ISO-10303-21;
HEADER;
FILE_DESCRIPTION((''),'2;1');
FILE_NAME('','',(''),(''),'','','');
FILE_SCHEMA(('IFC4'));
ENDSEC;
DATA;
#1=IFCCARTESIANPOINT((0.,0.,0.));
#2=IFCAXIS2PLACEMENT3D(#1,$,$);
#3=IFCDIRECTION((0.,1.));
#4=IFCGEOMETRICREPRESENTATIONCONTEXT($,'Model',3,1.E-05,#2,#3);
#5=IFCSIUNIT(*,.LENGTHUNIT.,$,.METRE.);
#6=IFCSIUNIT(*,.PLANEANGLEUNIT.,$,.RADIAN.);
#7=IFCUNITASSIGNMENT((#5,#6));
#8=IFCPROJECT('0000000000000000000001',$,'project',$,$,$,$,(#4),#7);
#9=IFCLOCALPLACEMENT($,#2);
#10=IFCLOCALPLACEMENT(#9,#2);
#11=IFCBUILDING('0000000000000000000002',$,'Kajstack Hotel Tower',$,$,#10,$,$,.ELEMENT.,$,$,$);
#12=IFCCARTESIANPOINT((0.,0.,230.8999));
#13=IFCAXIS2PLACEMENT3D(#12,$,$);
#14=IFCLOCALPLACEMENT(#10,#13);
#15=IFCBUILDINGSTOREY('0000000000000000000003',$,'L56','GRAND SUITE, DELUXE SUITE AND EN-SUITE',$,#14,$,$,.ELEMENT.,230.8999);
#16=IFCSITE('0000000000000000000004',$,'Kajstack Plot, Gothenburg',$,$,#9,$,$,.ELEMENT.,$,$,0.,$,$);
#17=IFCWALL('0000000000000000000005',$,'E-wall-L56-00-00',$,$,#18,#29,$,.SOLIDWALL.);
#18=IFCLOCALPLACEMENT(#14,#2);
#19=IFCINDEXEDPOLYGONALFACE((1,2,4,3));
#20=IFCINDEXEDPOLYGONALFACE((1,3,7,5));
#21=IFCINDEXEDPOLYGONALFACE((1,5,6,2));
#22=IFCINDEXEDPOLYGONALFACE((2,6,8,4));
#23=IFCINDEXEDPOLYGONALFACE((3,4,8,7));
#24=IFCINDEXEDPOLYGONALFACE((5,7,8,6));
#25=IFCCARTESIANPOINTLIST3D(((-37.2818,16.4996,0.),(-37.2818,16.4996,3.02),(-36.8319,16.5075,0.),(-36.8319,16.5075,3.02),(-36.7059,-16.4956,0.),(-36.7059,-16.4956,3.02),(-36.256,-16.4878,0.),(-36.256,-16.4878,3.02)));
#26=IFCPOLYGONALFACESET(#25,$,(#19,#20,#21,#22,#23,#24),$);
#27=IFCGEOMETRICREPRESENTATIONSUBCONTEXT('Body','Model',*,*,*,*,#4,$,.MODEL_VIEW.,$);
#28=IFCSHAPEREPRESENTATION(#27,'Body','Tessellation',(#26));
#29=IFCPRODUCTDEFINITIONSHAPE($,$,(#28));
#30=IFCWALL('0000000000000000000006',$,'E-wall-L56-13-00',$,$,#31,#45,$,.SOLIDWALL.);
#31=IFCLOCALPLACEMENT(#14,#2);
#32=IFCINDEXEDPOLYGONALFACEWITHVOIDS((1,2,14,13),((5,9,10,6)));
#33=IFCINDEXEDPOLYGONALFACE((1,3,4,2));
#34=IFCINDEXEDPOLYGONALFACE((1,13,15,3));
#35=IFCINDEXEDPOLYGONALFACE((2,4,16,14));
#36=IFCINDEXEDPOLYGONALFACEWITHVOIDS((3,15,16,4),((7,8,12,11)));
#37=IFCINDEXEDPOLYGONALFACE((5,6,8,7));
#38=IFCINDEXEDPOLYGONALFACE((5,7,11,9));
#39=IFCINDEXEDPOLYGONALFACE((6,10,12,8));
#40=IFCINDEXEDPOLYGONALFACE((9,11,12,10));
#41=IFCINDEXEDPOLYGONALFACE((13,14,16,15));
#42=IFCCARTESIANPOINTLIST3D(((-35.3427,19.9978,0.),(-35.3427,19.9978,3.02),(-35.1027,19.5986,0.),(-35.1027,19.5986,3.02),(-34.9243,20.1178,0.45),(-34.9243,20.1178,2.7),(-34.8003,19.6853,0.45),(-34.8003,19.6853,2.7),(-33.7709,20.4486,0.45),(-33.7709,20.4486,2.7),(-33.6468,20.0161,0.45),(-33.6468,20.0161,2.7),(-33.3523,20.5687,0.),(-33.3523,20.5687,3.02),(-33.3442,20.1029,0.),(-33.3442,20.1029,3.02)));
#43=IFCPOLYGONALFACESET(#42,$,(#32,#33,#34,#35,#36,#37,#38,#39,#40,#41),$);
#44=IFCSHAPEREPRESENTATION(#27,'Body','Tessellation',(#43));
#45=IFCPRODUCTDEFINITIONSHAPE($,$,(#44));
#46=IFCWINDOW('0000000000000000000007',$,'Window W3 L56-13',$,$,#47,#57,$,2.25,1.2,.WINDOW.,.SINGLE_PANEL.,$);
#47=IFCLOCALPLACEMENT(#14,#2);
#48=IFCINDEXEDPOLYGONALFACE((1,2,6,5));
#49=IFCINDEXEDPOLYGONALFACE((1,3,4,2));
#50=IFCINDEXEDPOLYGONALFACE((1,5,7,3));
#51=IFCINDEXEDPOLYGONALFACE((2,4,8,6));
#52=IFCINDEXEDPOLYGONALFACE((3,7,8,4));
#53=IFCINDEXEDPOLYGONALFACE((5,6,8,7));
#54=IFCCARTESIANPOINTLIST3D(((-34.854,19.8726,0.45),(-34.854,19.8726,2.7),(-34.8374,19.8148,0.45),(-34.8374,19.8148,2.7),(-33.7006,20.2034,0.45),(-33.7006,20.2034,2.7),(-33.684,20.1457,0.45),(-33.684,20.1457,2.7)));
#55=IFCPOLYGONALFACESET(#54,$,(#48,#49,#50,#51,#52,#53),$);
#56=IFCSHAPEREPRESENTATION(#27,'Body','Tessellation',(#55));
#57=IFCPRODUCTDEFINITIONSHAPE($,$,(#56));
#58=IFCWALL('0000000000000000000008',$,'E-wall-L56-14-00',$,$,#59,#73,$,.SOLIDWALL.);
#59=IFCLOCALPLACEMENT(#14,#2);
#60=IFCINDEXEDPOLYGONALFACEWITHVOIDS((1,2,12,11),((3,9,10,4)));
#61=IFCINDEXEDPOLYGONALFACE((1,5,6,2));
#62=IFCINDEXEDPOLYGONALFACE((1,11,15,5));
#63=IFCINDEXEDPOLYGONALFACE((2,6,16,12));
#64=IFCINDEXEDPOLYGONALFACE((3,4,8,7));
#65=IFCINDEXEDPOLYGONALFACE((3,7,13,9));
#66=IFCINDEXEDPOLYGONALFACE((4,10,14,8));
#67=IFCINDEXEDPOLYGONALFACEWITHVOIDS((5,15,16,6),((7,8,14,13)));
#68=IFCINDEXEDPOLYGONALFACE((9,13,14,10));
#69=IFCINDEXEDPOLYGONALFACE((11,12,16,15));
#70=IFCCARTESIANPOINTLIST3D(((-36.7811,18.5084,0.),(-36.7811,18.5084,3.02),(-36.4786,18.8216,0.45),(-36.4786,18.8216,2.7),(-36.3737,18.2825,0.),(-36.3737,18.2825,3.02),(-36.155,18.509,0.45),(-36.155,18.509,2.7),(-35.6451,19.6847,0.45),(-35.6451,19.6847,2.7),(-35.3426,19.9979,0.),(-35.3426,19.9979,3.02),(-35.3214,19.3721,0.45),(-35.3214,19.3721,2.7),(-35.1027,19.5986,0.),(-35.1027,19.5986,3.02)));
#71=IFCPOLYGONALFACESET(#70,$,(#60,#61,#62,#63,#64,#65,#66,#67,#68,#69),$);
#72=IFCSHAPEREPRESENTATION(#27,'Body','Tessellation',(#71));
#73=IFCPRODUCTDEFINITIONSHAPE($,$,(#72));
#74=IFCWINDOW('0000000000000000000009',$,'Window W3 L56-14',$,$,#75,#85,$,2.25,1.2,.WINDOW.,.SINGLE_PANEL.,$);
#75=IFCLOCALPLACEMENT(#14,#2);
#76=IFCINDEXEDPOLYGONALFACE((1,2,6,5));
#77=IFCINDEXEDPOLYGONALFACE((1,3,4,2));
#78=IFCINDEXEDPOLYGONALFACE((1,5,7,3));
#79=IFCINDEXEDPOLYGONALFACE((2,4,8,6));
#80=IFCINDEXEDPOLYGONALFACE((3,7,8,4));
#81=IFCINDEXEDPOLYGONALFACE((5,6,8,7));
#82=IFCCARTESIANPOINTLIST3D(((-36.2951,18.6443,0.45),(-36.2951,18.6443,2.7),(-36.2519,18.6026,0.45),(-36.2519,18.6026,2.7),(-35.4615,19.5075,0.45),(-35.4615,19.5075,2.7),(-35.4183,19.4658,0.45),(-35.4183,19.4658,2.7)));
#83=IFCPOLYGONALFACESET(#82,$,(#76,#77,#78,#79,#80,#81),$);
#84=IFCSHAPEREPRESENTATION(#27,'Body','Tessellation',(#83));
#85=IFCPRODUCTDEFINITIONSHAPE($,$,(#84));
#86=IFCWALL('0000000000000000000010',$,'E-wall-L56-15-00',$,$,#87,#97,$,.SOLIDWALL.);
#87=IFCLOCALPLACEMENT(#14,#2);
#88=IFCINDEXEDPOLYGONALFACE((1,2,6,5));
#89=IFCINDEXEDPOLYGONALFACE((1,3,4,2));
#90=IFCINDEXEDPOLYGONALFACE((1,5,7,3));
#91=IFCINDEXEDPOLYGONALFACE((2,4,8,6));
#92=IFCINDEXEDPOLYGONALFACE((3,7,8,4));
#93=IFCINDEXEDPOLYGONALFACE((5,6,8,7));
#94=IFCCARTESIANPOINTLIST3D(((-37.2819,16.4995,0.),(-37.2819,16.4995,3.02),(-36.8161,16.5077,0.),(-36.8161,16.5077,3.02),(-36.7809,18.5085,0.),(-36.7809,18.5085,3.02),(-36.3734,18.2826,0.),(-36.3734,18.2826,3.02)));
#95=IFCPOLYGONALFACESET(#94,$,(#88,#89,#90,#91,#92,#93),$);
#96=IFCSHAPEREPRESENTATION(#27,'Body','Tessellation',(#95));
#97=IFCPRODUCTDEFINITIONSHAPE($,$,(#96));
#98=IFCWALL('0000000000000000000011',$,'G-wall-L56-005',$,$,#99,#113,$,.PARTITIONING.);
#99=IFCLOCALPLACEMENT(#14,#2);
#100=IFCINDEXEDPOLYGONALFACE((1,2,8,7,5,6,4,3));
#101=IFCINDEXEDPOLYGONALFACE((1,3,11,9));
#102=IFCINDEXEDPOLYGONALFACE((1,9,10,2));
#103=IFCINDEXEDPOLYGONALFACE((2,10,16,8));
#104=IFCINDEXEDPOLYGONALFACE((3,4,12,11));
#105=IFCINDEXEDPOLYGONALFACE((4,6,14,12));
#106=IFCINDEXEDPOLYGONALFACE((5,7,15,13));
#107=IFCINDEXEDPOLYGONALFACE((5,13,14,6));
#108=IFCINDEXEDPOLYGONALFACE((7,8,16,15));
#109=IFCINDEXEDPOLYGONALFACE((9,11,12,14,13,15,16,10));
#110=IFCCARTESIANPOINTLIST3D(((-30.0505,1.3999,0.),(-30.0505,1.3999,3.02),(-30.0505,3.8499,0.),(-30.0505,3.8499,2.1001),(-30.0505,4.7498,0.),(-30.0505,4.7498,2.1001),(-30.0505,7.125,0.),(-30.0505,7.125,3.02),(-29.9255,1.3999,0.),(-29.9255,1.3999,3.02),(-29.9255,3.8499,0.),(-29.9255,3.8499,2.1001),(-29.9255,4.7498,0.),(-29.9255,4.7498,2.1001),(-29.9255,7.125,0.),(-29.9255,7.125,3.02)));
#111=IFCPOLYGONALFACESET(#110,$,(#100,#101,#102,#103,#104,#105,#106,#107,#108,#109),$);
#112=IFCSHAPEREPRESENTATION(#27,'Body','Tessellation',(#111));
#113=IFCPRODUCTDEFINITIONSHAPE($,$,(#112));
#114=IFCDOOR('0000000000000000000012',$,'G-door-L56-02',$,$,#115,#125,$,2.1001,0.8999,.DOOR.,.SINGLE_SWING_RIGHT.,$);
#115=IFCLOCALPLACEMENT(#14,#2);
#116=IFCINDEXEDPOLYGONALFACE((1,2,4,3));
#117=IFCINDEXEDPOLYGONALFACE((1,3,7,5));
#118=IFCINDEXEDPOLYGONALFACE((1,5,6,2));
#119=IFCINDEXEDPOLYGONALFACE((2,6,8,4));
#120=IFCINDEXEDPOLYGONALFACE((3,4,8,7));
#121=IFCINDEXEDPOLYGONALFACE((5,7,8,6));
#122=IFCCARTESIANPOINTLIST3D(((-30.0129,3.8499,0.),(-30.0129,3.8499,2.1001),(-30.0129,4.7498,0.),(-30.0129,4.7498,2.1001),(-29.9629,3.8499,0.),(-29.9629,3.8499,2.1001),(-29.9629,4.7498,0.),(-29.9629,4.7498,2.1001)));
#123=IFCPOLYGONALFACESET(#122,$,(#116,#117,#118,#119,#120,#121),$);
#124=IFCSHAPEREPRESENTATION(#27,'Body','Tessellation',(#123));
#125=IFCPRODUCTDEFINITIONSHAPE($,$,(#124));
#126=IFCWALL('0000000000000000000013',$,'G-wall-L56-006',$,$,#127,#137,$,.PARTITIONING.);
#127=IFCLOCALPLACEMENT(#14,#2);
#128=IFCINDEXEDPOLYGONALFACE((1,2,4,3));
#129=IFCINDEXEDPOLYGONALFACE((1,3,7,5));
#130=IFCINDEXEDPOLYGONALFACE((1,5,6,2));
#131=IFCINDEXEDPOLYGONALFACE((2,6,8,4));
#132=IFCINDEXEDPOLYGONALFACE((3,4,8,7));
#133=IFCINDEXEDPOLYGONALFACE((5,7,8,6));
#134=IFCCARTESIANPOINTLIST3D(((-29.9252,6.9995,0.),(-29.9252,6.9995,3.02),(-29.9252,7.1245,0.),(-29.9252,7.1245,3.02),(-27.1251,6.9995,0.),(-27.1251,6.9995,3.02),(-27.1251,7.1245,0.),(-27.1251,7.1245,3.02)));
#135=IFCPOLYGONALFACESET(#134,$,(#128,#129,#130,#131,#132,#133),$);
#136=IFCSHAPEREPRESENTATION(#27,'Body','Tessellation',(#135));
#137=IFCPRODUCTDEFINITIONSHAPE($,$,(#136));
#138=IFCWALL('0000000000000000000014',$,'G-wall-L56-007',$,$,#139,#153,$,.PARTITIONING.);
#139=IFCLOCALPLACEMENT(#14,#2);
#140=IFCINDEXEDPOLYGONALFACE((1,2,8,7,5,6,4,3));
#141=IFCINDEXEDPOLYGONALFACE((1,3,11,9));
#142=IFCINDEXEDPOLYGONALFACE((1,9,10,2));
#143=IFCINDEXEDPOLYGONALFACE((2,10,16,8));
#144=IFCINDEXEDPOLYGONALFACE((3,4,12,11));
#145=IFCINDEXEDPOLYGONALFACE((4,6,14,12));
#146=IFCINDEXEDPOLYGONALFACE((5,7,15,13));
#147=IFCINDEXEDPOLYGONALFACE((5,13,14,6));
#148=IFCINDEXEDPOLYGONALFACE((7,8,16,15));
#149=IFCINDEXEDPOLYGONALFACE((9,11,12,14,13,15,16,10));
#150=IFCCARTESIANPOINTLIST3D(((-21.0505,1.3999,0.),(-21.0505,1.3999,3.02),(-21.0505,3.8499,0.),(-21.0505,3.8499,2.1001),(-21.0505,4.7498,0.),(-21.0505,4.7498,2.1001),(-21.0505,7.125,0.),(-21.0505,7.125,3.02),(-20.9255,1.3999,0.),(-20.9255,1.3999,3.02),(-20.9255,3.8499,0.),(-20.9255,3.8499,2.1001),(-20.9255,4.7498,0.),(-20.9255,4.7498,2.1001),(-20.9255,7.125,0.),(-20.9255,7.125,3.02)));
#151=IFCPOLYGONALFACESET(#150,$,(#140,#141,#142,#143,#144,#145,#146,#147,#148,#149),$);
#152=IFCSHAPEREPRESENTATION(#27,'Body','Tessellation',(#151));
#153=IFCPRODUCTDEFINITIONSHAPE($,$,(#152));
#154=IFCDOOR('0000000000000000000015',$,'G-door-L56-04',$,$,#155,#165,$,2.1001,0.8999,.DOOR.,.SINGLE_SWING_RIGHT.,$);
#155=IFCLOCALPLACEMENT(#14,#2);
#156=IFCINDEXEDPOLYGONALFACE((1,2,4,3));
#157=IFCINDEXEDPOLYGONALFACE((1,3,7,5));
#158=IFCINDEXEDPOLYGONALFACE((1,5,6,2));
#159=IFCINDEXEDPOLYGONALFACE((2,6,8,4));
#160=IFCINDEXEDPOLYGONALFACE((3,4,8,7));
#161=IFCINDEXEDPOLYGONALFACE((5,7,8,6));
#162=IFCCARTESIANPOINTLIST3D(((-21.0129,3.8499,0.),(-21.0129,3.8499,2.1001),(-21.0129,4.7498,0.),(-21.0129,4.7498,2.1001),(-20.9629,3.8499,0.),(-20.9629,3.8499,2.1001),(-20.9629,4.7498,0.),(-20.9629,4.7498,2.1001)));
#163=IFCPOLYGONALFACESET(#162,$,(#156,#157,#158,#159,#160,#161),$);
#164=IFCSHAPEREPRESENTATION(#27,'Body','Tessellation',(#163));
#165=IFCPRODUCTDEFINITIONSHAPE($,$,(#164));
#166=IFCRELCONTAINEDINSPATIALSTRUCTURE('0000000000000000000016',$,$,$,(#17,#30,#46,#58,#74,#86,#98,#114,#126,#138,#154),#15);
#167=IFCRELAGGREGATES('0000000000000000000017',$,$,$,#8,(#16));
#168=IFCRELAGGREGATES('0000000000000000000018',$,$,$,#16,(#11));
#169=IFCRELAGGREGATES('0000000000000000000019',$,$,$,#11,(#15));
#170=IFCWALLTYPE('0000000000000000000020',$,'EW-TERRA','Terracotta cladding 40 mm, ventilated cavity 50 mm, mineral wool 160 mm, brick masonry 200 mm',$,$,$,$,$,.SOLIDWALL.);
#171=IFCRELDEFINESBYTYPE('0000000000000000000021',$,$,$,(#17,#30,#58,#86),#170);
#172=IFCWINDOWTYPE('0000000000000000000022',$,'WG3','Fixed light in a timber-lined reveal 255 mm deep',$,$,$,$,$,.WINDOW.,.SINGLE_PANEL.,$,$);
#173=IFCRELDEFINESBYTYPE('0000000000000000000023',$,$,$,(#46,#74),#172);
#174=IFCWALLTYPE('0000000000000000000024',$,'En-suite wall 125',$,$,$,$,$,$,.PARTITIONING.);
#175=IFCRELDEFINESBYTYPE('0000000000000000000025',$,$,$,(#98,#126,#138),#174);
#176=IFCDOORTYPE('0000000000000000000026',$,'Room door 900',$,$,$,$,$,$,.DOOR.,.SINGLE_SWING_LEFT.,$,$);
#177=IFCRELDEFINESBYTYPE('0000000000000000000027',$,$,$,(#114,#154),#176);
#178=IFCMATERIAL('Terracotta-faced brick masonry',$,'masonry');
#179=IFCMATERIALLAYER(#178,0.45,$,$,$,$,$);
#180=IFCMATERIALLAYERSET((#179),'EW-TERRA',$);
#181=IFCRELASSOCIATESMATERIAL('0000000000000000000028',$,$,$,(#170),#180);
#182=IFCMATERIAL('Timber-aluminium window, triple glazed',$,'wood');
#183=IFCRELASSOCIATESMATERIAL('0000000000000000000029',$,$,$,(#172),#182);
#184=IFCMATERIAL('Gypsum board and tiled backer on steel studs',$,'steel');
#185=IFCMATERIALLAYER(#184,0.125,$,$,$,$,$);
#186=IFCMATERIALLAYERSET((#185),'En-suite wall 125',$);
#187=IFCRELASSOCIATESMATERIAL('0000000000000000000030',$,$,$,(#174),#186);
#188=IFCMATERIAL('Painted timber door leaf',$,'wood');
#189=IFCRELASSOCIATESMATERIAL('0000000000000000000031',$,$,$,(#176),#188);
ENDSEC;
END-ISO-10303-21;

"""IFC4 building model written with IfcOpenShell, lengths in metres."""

from ifc_helpers import new_model, si_unit, direction, frame, frame_2d, origin, place, context, subcontext, project, spatial, polyline, rectangle, outline, extrude, material, layer, layer_set, type_object, element, fill, save


model = new_model("IFC4")

# Units and contexts
model_context = context("Model", 3, precision=1e-05, world=origin(), true_north=direction((0.0, 1.0)))
body_context = subcontext(model_context, "Body", "Model", "MODEL_VIEW")
ifc_project = project(units=[si_unit("LENGTHUNIT", "METRE"), si_unit("PLANEANGLEUNIT", "RADIAN")], contexts=[model_context])

# Site, building, storey
site_placement = place(None, origin())
site = spatial("IfcSite", under=ifc_project, at=site_placement, Name="Kajstack Plot, Gothenburg", CompositionType="ELEMENT", RefElevation=0.0)
building_placement = place(site_placement, origin())
building = spatial("IfcBuilding", under=site, at=building_placement, Name="Kajstack Hotel Tower", CompositionType="ELEMENT")
storey_placement = place(building_placement, frame((0.0, 0.0, 230.8999)))
storey = spatial("IfcBuildingStorey", under=building, at=storey_placement, Name="L56", Description="GRAND SUITE, DELUXE SUITE AND EN-SUITE", CompositionType="ELEMENT", Elevation=230.8999)

# Wall
ifc_material_1 = material(Name="Terracotta-faced brick masonry", Category="masonry")
ifc_layer_1 = layer(ifc_material_1, 0.45)
ifc_layer_set_1 = layer_set([ifc_layer_1], Name="EW-TERRA")
wall_type_1 = type_object("IfcWallType", Name="EW-TERRA", Description="Terracotta cladding 40 mm, ventilated cavity 50 mm, mineral wool 160 mm, brick masonry 200 mm", PredefinedType="SOLIDWALL", material=ifc_layer_set_1)
wall_1_placement = place(storey_placement, frame((-37.0569, 16.5034, 0.0), z_axis=(0.0, 0.0, 1.0), x_axis=(0.017452, -0.999848, 0.0)))
element("IfcWall", 1, at=wall_1_placement, inside=storey, type_object=wall_type_1, Name="E-wall-L56-00-00", PredefinedType="SOLIDWALL", context=body_context, shape_type="SweptSolid", body=[
    extrude(rectangle(XDim=33.0002, YDim=0.45, at=frame_2d((16.5, 0.0))), origin(), (0.0, 0.0, 1.0), 3.02),
])

# Walls, openings, windows
wall_2_placement = place(storey_placement, frame((-33.2903, 20.3523, 0.0), z_axis=(0.0, 0.0, 1.0), x_axis=(-0.961248, -0.275687, 0.0)))
wall_2 = element("IfcWall", 2, at=wall_2_placement, inside=storey, type_object=wall_type_1, Name="E-wall-L56-13-00", PredefinedType="SOLIDWALL", context=body_context, shape_type="SweptSolid", body=[
    extrude(outline(polyline([(0.0, -0.2251), (2.0706, -0.2251), (1.95, 0.2249), (0.1206, 0.2249), (0.0, -0.2251)])), origin(), (0.0, 0.0, 1.0), 3.02),
])
opening_1_placement = place(wall_2_placement, frame((0.4353, 0.0, 0.45)))
opening_1 = element("IfcOpeningElement", 3, at=opening_1_placement, cuts=wall_2, PredefinedType="OPENING", context=body_context, shape_type="SweptSolid", body=[
    extrude(rectangle(XDim=1.2, YDim=2.25, at=frame_2d((0.6001, 1.125))), frame((0.0, 0.2349, 0.0), z_axis=(0.0, -1.0, 0.0), x_axis=(1.0, 0.0, 0.0)), (0.0, 0.0, 1.0), 0.47),
])
ifc_material_2 = material(Name="Timber-aluminium window, triple glazed", Category="wood")
window_type = type_object("IfcWindowType", Name="WG3", Description="Fixed light in a timber-lined reveal 255 mm deep", PartitioningType="SINGLE_PANEL", PredefinedType="WINDOW", material=ifc_material_2)
window_1_placement = place(opening_1_placement, origin())
window_1 = element("IfcWindow", 4, at=window_1_placement, inside=storey, type_object=window_type, Name="Window W3 L56-13", OverallHeight=2.25, OverallWidth=1.2, PartitioningType="SINGLE_PANEL", PredefinedType="WINDOW", context=body_context, shape_type="SweptSolid", body=[
    extrude(rectangle(XDim=1.2, YDim=2.25, at=frame_2d((0.6001, 1.125))), frame((0.0, 0.0901, 0.0), z_axis=(0.0, -1.0, 0.0), x_axis=(1.0, 0.0, 0.0)), (0.0, 0.0, 1.0), 0.0601),
])
fill(opening_1, window_1)
wall_3_placement = place(storey_placement, frame((-35.1807, 19.8416, 0.0), z_axis=(0.0, 0.0, 1.0), x_axis=(-0.694679, -0.71932, 0.0)))
wall_3 = element("IfcWall", 5, at=wall_3_placement, inside=storey, type_object=wall_type_1, Name="E-wall-L56-14-00", PredefinedType="SOLIDWALL", context=body_context, shape_type="SweptSolid", body=[
    extrude(outline(polyline([(0.0, -0.2251), (2.0708, -0.2251), (1.9502, 0.2249), (0.1206, 0.2249), (0.0, -0.2251)])), origin(), (0.0, 0.0, 1.0), 3.02),
])
opening_2_placement = place(wall_3_placement, frame((0.4353, 0.0, 0.45)))
opening_2 = element("IfcOpeningElement", 6, at=opening_2_placement, cuts=wall_3, PredefinedType="OPENING", context=body_context, shape_type="SweptSolid", body=[
    extrude(rectangle(XDim=1.2, YDim=2.25, at=frame_2d((0.6001, 1.125))), frame((0.0, 0.2349, 0.0), z_axis=(0.0, -1.0, 0.0), x_axis=(1.0, 0.0, 0.0)), (0.0, 0.0, 1.0), 0.47),
])
window_2_placement = place(opening_2_placement, origin())
window_2 = element("IfcWindow", 7, at=window_2_placement, inside=storey, type_object=window_type, Name="Window W3 L56-14", OverallHeight=2.25, OverallWidth=1.2, PartitioningType="SINGLE_PANEL", PredefinedType="WINDOW", context=body_context, shape_type="SweptSolid", body=[
    extrude(rectangle(XDim=1.2, YDim=2.25, at=frame_2d((0.6001, 1.125))), frame((0.0, 0.0901, 0.0), z_axis=(0.0, -1.0, 0.0), x_axis=(1.0, 0.0, 0.0)), (0.0, 0.0, 1.0), 0.0601),
])
fill(opening_2, window_2)

# Wall
wall_4_placement = place(storey_placement, frame((-36.5627, 18.4539, 0.0), z_axis=(0.0, 0.0, 1.0), x_axis=(-0.24187, -0.970309, 0.0)))
element("IfcWall", 8, at=wall_4_placement, inside=storey, type_object=wall_type_1, Name="E-wall-L56-15-00", PredefinedType="SOLIDWALL", context=body_context, shape_type="SweptSolid", body=[
    extrude(outline(polyline([(-0.0002, -0.2249), (2.0703, -0.2251), (1.9497, 0.2249), (0.1204, 0.2251), (-0.0002, -0.2249)])), origin(), (0.0, 0.0, 1.0), 3.02),
])

# Wall, opening, door
ifc_material_3 = material(Name="Gypsum board and tiled backer on steel studs", Category="steel")
ifc_layer_2 = layer(ifc_material_3, 0.125)
ifc_layer_set_2 = layer_set([ifc_layer_2], Name="En-suite wall 125")
wall_type_2 = type_object("IfcWallType", Name="En-suite wall 125", PredefinedType="PARTITIONING", material=ifc_layer_set_2)
wall_5_placement = place(storey_placement, frame((-29.988, 1.3999, 0.0), z_axis=(0.0, 0.0, 1.0), x_axis=(0.0, 1.0, 0.0)))
wall_5 = element("IfcWall", 9, at=wall_5_placement, inside=storey, type_object=wall_type_2, Name="G-wall-L56-005", PredefinedType="PARTITIONING", context=body_context, shape_type="SweptSolid", body=[
    extrude(rectangle(XDim=5.7251, YDim=0.125, at=frame_2d((2.8625, 0.0))), origin(), (0.0, 0.0, 1.0), 3.02),
])
opening_3_placement = place(wall_5_placement, frame((2.45, 0.0, 0.0)))
opening_3 = element("IfcOpeningElement", 10, at=opening_3_placement, cuts=wall_5, PredefinedType="OPENING", context=body_context, shape_type="SweptSolid", body=[
    extrude(rectangle(XDim=0.8999, YDim=2.1001, at=frame_2d((0.45, 1.05))), frame((0.0, 0.0725, 0.0), z_axis=(0.0, -1.0, 0.0), x_axis=(1.0, 0.0, 0.0)), (0.0, 0.0, 1.0), 0.145),
])
ifc_material_4 = material(Name="Painted timber door leaf", Category="wood")
door_type = type_object("IfcDoorType", Name="Room door 900", OperationType="SINGLE_SWING_LEFT", PredefinedType="DOOR", material=ifc_material_4)
door_1_placement = place(opening_3_placement, origin())
door_1 = element("IfcDoor", 11, at=door_1_placement, inside=storey, type_object=door_type, Name="G-door-L56-02", OperationType="SINGLE_SWING_RIGHT", OverallHeight=2.1001, OverallWidth=0.8999, PredefinedType="DOOR", context=body_context, shape_type="SweptSolid", body=[
    extrude(rectangle(XDim=0.8999, YDim=2.1001, at=frame_2d((0.45, 1.05))), frame((0.0, 0.0249, 0.0), z_axis=(0.0, -1.0, 0.0), x_axis=(1.0, 0.0, 0.0)), (0.0, 0.0, 1.0), 0.05),
])
fill(opening_3, door_1)

# Wall
wall_6_placement = place(storey_placement, frame((-29.925, 7.062, 0.0), z_axis=(0.0, 0.0, 1.0), x_axis=(1.0, 0.0, 0.0)))
element("IfcWall", 12, at=wall_6_placement, inside=storey, type_object=wall_type_2, Name="G-wall-L56-006", PredefinedType="PARTITIONING", context=body_context, shape_type="SweptSolid", body=[
    extrude(rectangle(XDim=2.8, YDim=0.125, at=frame_2d((1.3999, 0.0))), origin(), (0.0, 0.0, 1.0), 3.02),
])

# Wall, opening, door
wall_7_placement = place(storey_placement, frame((-20.988, 1.3999, 0.0), z_axis=(0.0, 0.0, 1.0), x_axis=(0.0, 1.0, 0.0)))
wall_7 = element("IfcWall", 13, at=wall_7_placement, inside=storey, type_object=wall_type_2, Name="G-wall-L56-007", PredefinedType="PARTITIONING", context=body_context, shape_type="SweptSolid", body=[
    extrude(rectangle(XDim=5.7251, YDim=0.125, at=frame_2d((2.8625, 0.0))), origin(), (0.0, 0.0, 1.0), 3.02),
])
opening_4_placement = place(wall_7_placement, frame((2.45, 0.0, 0.0)))
opening_4 = element("IfcOpeningElement", 14, at=opening_4_placement, cuts=wall_7, PredefinedType="OPENING", context=body_context, shape_type="SweptSolid", body=[
    extrude(rectangle(XDim=0.8999, YDim=2.1001, at=frame_2d((0.45, 1.05))), frame((0.0, 0.0725, 0.0), z_axis=(0.0, -1.0, 0.0), x_axis=(1.0, 0.0, 0.0)), (0.0, 0.0, 1.0), 0.145),
])
door_2_placement = place(opening_4_placement, origin())
door_2 = element("IfcDoor", 15, at=door_2_placement, inside=storey, type_object=door_type, Name="G-door-L56-04", OperationType="SINGLE_SWING_RIGHT", OverallHeight=2.1001, OverallWidth=0.8999, PredefinedType="DOOR", context=body_context, shape_type="SweptSolid", body=[
    extrude(rectangle(XDim=0.8999, YDim=2.1001, at=frame_2d((0.45, 1.05))), frame((0.0, 0.0249, 0.0), z_axis=(0.0, -1.0, 0.0), x_axis=(1.0, 0.0, 0.0)), (0.0, 0.0, 1.0), 0.05),
])
fill(opening_4, door_2)

save(model, "model.ifc")
